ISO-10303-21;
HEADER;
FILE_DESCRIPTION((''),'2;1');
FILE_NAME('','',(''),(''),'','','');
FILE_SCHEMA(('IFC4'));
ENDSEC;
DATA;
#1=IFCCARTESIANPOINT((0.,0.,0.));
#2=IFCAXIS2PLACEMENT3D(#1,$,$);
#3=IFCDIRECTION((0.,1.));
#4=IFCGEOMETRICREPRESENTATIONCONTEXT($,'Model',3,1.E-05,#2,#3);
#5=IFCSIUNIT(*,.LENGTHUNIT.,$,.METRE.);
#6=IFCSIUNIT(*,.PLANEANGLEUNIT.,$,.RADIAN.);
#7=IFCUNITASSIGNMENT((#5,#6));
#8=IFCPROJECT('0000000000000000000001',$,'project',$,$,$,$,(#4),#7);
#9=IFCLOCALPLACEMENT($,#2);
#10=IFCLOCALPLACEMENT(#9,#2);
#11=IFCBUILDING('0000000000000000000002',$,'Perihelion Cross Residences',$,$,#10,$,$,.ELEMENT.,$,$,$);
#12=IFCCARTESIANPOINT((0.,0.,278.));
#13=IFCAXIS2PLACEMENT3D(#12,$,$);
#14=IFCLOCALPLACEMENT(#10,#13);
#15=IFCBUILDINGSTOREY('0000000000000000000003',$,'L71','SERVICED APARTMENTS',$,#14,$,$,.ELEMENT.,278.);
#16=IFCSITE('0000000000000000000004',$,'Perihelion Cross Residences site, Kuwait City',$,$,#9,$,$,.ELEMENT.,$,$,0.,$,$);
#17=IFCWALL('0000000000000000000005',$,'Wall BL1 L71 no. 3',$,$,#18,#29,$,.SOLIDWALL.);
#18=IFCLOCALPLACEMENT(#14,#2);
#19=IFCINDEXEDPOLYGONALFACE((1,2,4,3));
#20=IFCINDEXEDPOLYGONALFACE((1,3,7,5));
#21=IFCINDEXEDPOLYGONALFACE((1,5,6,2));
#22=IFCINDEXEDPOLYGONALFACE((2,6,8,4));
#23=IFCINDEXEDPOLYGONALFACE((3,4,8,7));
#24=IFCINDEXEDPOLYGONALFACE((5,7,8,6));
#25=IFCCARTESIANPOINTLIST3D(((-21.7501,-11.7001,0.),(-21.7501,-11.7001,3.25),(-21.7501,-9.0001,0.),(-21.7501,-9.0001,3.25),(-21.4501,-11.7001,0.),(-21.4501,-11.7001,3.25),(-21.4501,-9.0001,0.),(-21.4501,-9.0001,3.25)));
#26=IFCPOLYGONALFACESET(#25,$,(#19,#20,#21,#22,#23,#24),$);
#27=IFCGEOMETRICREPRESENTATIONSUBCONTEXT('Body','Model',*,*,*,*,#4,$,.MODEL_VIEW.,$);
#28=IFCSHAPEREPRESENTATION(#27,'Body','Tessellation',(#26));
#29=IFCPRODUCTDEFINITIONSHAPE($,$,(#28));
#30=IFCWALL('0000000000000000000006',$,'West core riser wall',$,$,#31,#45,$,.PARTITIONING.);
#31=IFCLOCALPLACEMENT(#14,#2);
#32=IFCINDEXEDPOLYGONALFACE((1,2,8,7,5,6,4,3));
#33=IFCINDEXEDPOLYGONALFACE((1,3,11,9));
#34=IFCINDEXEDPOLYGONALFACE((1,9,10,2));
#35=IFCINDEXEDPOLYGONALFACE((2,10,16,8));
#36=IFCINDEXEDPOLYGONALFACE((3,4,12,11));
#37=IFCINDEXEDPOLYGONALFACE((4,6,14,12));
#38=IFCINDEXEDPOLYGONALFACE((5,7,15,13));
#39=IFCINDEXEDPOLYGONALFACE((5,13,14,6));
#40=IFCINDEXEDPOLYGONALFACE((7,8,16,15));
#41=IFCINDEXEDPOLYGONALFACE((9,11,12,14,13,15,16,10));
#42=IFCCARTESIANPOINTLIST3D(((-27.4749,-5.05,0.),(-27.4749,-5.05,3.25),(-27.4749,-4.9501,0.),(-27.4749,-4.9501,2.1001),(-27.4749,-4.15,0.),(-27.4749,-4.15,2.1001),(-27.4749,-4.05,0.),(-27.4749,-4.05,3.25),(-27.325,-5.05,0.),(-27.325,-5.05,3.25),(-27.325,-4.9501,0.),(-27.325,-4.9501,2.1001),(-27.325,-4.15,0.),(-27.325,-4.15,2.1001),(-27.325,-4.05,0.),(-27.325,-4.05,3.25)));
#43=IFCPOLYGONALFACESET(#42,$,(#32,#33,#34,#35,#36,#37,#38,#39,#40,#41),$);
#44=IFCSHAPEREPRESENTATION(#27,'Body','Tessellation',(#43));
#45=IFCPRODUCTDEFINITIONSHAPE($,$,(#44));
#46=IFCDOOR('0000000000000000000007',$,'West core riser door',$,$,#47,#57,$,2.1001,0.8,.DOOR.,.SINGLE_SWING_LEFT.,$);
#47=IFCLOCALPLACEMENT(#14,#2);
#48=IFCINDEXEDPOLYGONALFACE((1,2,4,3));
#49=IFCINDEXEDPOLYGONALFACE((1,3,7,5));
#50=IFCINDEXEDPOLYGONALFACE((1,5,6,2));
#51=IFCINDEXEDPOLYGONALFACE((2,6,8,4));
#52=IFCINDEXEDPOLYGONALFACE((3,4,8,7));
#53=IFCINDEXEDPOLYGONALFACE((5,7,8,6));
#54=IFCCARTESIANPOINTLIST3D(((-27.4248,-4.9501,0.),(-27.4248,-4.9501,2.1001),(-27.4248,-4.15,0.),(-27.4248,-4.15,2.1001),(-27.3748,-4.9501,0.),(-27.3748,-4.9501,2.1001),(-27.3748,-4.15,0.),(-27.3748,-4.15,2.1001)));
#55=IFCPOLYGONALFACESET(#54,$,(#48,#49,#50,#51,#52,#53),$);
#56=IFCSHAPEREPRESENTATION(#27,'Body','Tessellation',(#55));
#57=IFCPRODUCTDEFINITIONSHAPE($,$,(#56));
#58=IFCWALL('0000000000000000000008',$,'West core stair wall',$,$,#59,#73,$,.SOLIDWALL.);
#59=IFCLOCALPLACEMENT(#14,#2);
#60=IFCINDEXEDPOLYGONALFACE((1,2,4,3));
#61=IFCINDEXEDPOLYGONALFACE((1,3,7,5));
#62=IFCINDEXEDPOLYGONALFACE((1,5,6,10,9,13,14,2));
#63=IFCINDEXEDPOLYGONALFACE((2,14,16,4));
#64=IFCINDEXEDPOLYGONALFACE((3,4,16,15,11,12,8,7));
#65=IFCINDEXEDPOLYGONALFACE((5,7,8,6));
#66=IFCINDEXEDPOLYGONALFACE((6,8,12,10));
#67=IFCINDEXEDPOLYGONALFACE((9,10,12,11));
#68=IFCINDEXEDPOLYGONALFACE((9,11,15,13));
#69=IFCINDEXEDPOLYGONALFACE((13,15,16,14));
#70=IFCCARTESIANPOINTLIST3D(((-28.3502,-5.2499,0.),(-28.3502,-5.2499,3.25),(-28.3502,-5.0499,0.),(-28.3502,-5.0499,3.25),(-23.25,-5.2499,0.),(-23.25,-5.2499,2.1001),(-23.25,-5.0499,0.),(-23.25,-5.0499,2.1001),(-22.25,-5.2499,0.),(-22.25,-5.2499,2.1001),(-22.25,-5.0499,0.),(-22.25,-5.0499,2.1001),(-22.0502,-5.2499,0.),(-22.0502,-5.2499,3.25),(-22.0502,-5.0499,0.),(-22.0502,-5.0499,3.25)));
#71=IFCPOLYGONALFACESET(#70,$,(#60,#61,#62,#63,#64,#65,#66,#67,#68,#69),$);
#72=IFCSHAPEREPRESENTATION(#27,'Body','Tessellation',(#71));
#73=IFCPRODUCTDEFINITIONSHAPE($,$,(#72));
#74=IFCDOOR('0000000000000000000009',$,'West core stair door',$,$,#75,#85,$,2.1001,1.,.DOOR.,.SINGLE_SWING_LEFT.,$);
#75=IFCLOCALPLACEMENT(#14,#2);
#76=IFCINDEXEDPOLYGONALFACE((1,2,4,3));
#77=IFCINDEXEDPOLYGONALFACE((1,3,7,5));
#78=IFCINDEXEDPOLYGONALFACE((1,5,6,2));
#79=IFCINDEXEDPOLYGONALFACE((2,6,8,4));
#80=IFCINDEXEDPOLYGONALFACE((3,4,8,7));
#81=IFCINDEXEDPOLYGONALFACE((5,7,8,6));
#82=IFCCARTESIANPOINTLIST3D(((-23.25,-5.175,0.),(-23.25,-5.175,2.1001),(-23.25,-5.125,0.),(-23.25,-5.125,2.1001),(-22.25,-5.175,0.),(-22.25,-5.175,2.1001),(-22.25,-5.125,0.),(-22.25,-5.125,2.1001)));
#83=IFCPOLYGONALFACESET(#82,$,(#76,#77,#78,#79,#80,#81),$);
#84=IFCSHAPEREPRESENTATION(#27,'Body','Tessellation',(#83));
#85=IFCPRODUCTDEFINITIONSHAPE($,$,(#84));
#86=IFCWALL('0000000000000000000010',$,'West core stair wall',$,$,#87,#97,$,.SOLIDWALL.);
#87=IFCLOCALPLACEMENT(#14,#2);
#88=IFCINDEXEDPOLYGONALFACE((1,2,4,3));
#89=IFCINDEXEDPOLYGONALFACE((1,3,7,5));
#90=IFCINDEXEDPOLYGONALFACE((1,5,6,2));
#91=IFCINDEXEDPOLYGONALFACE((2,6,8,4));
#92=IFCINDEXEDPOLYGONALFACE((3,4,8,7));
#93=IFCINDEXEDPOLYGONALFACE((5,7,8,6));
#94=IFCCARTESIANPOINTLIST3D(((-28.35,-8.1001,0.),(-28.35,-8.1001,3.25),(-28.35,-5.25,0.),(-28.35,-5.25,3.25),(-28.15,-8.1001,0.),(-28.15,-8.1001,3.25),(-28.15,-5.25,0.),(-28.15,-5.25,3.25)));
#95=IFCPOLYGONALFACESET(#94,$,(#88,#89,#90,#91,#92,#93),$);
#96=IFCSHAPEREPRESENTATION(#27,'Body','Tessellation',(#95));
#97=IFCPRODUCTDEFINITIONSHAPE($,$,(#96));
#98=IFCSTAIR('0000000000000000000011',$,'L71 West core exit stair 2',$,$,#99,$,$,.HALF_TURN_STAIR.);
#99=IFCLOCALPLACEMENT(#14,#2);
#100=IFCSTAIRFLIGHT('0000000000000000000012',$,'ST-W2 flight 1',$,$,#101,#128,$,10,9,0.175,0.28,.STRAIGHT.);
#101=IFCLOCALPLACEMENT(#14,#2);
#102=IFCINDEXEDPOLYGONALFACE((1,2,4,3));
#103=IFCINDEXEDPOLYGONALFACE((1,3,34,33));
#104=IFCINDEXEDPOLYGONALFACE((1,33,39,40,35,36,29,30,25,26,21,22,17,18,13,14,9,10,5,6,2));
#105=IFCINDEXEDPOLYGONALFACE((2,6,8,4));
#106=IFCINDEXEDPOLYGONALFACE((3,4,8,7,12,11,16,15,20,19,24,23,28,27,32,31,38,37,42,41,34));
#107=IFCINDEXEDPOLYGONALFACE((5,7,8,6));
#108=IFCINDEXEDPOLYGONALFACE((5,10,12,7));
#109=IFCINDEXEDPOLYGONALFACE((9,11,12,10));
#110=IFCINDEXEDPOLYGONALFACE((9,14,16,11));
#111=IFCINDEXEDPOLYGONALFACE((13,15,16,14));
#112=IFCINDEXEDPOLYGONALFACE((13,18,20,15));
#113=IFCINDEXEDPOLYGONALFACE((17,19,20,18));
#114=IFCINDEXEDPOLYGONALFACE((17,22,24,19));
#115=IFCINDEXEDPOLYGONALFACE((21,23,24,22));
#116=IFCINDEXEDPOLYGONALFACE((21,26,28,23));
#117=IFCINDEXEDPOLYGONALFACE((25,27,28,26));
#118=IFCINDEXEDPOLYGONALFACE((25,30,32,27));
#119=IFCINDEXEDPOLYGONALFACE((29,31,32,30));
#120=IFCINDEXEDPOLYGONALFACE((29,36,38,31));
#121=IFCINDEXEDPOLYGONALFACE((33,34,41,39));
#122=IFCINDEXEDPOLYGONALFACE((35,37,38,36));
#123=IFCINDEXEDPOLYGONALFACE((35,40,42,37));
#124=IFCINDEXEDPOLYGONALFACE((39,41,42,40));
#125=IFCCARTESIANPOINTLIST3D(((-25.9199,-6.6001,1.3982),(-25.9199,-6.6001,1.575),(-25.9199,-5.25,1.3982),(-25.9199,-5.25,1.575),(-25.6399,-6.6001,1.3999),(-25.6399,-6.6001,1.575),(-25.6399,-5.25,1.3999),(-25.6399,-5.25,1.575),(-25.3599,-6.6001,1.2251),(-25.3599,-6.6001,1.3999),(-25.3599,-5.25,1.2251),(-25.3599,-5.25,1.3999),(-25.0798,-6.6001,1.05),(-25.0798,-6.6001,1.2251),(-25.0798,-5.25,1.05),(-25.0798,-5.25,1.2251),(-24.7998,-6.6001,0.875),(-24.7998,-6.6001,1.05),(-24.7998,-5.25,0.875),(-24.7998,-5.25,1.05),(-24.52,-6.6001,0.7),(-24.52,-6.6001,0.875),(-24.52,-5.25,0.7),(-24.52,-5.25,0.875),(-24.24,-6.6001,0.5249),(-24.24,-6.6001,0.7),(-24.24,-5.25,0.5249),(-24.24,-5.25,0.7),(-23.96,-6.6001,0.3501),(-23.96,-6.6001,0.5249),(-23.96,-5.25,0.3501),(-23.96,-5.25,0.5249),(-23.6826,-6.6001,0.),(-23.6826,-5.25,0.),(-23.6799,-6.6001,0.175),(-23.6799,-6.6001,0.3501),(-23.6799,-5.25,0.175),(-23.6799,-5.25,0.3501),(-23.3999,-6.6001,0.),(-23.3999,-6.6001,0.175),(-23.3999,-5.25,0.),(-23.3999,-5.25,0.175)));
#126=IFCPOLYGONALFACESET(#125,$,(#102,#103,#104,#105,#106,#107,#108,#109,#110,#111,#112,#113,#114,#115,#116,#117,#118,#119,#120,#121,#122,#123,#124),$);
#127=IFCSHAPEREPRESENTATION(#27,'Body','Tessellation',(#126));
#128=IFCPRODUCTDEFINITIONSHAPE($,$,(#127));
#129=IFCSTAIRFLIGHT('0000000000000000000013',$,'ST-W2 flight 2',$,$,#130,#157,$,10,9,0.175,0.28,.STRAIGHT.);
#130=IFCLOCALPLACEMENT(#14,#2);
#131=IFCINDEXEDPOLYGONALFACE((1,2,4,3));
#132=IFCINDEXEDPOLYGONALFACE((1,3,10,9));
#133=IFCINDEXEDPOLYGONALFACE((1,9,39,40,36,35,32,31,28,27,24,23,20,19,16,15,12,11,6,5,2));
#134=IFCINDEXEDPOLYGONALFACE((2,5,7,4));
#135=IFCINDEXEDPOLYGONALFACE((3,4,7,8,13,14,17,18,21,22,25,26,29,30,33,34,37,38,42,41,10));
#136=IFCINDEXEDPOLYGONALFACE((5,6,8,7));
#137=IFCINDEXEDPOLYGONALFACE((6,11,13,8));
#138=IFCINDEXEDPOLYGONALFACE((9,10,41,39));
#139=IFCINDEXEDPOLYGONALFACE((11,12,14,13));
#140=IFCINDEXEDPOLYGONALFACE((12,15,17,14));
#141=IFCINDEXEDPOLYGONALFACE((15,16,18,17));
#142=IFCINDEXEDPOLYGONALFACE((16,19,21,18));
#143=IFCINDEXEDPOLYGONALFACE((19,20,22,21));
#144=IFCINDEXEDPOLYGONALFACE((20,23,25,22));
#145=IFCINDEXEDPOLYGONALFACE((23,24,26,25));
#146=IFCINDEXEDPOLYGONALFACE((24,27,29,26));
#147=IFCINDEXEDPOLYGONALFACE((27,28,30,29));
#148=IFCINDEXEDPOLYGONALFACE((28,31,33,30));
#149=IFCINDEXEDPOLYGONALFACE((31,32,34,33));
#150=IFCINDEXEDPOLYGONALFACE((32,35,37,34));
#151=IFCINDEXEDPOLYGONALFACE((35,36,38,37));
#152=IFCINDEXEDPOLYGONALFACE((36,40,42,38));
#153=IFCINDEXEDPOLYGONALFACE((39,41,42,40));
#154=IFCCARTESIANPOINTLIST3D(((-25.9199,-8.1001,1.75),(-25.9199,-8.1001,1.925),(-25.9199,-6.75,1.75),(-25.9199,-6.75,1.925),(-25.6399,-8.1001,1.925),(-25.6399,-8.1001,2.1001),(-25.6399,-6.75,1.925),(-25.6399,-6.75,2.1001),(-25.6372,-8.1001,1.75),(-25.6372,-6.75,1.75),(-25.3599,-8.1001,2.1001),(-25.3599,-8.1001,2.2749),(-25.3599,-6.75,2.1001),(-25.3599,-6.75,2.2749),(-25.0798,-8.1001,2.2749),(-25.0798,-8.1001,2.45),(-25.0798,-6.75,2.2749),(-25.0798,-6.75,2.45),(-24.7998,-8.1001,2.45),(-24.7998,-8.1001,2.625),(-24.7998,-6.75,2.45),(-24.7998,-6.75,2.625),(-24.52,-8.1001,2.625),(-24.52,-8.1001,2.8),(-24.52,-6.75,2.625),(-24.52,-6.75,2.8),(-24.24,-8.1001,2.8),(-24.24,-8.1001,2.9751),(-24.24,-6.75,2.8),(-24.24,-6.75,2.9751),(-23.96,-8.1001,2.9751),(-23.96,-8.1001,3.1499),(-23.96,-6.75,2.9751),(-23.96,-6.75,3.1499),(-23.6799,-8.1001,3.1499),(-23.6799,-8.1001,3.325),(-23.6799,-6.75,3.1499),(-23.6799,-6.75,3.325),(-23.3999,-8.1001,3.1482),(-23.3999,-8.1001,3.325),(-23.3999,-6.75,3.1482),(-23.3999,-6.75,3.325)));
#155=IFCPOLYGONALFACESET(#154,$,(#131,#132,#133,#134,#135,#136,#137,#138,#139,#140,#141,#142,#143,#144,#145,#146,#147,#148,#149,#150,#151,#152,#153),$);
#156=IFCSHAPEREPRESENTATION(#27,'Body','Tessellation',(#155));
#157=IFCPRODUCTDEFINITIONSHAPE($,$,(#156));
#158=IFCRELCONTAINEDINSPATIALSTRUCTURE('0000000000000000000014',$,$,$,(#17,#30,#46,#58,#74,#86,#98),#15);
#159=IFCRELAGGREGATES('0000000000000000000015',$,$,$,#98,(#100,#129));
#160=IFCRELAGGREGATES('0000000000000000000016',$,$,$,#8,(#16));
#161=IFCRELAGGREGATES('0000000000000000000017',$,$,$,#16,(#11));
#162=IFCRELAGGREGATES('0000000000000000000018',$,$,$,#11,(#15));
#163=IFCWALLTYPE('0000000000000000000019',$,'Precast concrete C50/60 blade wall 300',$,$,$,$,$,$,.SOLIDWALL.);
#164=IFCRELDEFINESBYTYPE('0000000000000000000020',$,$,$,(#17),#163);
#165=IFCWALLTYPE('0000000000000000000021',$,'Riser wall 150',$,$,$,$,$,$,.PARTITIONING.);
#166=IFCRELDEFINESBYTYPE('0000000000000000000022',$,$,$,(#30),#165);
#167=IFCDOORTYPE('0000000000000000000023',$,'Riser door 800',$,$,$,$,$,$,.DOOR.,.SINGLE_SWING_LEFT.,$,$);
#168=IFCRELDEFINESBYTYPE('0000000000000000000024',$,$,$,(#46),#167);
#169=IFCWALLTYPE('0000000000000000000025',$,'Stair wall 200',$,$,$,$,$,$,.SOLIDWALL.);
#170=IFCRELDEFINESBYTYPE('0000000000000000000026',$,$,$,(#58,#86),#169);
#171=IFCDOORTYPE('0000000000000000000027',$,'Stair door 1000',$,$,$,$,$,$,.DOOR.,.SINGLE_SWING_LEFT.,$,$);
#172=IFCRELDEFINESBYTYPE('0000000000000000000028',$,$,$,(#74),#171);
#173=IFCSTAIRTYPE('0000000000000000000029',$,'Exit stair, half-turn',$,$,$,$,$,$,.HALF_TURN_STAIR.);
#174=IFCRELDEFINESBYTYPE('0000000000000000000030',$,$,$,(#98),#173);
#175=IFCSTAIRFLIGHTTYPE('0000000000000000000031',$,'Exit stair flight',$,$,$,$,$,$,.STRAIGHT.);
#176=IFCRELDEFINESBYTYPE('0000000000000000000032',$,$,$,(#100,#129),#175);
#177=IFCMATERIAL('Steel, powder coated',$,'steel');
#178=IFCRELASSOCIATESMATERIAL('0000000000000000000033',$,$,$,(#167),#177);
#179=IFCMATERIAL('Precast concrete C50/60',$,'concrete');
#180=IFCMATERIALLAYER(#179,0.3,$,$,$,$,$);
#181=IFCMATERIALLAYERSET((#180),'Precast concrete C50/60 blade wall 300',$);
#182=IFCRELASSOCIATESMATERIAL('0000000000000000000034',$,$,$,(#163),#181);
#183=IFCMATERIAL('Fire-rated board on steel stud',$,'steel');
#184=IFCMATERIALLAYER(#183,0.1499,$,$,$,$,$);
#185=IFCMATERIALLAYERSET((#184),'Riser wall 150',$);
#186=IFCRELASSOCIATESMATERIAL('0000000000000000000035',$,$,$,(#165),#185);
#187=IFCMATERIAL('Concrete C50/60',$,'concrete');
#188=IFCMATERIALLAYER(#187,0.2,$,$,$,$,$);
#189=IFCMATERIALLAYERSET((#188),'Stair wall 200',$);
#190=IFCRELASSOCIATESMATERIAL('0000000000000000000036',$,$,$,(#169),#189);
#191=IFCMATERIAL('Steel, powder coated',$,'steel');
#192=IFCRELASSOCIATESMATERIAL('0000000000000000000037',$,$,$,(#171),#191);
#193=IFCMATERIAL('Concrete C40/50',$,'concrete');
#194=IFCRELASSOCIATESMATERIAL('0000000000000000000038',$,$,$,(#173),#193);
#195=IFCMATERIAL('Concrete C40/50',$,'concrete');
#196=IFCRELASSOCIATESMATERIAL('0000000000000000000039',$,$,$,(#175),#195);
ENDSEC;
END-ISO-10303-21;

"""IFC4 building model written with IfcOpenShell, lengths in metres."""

from ifc_helpers import new_model, si_unit, direction, frame, frame_2d, origin, place, context, subcontext, project, spatial, polyline, rectangle, outline, extrude, material, layer, layer_set, type_object, element, fill, aggregate, save


model = new_model("IFC4")

# Units and contexts
model_context = context("Model", 3, precision=1e-05, world=origin(), true_north=direction((0.0, 1.0)))
body_context = subcontext(model_context, "Body", "Model", "MODEL_VIEW")
ifc_project = project(units=[si_unit("LENGTHUNIT", "METRE"), si_unit("PLANEANGLEUNIT", "RADIAN")], contexts=[model_context])

# Site, building, storey
site_placement = place(None, origin())
site = spatial("IfcSite", under=ifc_project, at=site_placement, Name="Perihelion Cross Residences site, Kuwait City", CompositionType="ELEMENT", RefElevation=0.0)
building_placement = place(site_placement, origin())
building = spatial("IfcBuilding", under=site, at=building_placement, Name="Perihelion Cross Residences", CompositionType="ELEMENT")
storey_placement = place(building_placement, frame((0.0, 0.0, 278.0)))
storey = spatial("IfcBuildingStorey", under=building, at=storey_placement, Name="L71", Description="SERVICED APARTMENTS", CompositionType="ELEMENT", Elevation=278.0)

# Shared definitions
ifc_material_1 = material(Name="Steel, powder coated", Category="steel")
door_type_1 = type_object("IfcDoorType", Name="Riser door 800", OperationType="SINGLE_SWING_LEFT", PredefinedType="DOOR", material=ifc_material_1)

# Wall
ifc_material_2 = material(Name="Precast concrete C50/60", Category="concrete")
ifc_layer_1 = layer(ifc_material_2, 0.3)
ifc_layer_set_1 = layer_set([ifc_layer_1], Name="Precast concrete C50/60 blade wall 300")
wall_type_1 = type_object("IfcWallType", Name="Precast concrete C50/60 blade wall 300", PredefinedType="SOLIDWALL", material=ifc_layer_set_1)
wall_1_placement = place(storey_placement, frame((-21.6001, -9.0, 0.0), z_axis=(0.0, 0.0, 1.0), x_axis=(0.0, -1.0, 0.0)))
element("IfcWall", 1, at=wall_1_placement, inside=storey, type_object=wall_type_1, Name="Wall BL1 L71 no. 3", PredefinedType="SOLIDWALL", context=body_context, shape_type="SweptSolid", body=[
    extrude(rectangle(XDim=2.7, YDim=0.3, at=frame_2d((1.3501, 0.0))), origin(), (0.0, 0.0, 1.0), 3.25),
])

# Walls, openings, doors
ifc_material_3 = material(Name="Fire-rated board on steel stud", Category="steel")
ifc_layer_2 = layer(ifc_material_3, 0.1499)
ifc_layer_set_2 = layer_set([ifc_layer_2], Name="Riser wall 150")
wall_type_2 = type_object("IfcWallType", Name="Riser wall 150", PredefinedType="PARTITIONING", material=ifc_layer_set_2)
wall_2_placement = place(storey_placement, frame((-27.3999, -5.05, 0.0), z_axis=(0.0, 0.0, 1.0), x_axis=(0.0, 1.0, 0.0)))
wall_2 = element("IfcWall", 2, at=wall_2_placement, inside=storey, type_object=wall_type_2, Name="West core riser wall", PredefinedType="PARTITIONING", context=body_context, shape_type="SweptSolid", body=[
    extrude(rectangle(XDim=1.0, YDim=0.1499, at=frame_2d((0.5, 0.0))), origin(), (0.0, 0.0, 1.0), 3.25),
])
opening_1_placement = place(wall_2_placement, frame((0.1001, 0.0, 0.0)))
opening_1 = element("IfcOpeningElement", 3, at=opening_1_placement, cuts=wall_2, PredefinedType="OPENING", context=body_context, shape_type="SweptSolid", body=[
    extrude(rectangle(XDim=0.8, YDim=2.1001, at=frame_2d((0.3999, 1.05))), frame((0.0, 0.085, 0.0), z_axis=(0.0, -1.0, 0.0), x_axis=(1.0, 0.0, 0.0)), (0.0, 0.0, 1.0), 0.1699),
])
door_1_placement = place(opening_1_placement, origin())
door_1 = element("IfcDoor", 4, at=door_1_placement, inside=storey, type_object=door_type_1, Name="West core riser door", OperationType="SINGLE_SWING_LEFT", OverallHeight=2.1001, OverallWidth=0.8, PredefinedType="DOOR", context=body_context, shape_type="SweptSolid", body=[
    extrude(rectangle(XDim=0.8, YDim=2.1001, at=frame_2d((0.3999, 1.05))), frame((0.0, 0.0249, 0.0), z_axis=(0.0, -1.0, 0.0), x_axis=(1.0, 0.0, 0.0)), (0.0, 0.0, 1.0), 0.05),
])
fill(opening_1, door_1)
ifc_material_4 = material(Name="Concrete C50/60", Category="concrete")
ifc_layer_3 = layer(ifc_material_4, 0.2)
ifc_layer_set_3 = layer_set([ifc_layer_3], Name="Stair wall 200")
wall_type_3 = type_object("IfcWallType", Name="Stair wall 200", PredefinedType="SOLIDWALL", material=ifc_layer_set_3)
wall_3_placement = place(storey_placement, frame((-28.3501, -5.1499, 0.0), z_axis=(0.0, 0.0, 1.0), x_axis=(1.0, 0.0, 0.0)))
wall_3 = element("IfcWall", 5, at=wall_3_placement, inside=storey, type_object=wall_type_3, Name="West core stair wall", PredefinedType="SOLIDWALL", context=body_context, shape_type="SweptSolid", body=[
    extrude(rectangle(XDim=6.3, YDim=0.2, at=frame_2d((3.1499, 0.0))), origin(), (0.0, 0.0, 1.0), 3.25),
])
opening_2_placement = place(wall_3_placement, frame((5.1001, 0.0, 0.0)))
opening_2 = element("IfcOpeningElement", 6, at=opening_2_placement, cuts=wall_3, PredefinedType="OPENING", context=body_context, shape_type="SweptSolid", body=[
    extrude(rectangle(XDim=1.0, YDim=2.1001, at=frame_2d((0.5, 1.05))), frame((0.0, 0.1099, 0.0), z_axis=(0.0, -1.0, 0.0), x_axis=(1.0, 0.0, 0.0)), (0.0, 0.0, 1.0), 0.22),
])
ifc_material_5 = material(Name="Steel, powder coated", Category="steel")
door_type_2 = type_object("IfcDoorType", Name="Stair door 1000", OperationType="SINGLE_SWING_LEFT", PredefinedType="DOOR", material=ifc_material_5)
door_2_placement = place(opening_2_placement, origin())
door_2 = element("IfcDoor", 7, at=door_2_placement, inside=storey, type_object=door_type_2, Name="West core stair door", OperationType="SINGLE_SWING_LEFT", OverallHeight=2.1001, OverallWidth=1.0, PredefinedType="DOOR", context=body_context, shape_type="SweptSolid", body=[
    extrude(rectangle(XDim=1.0, YDim=2.1001, at=frame_2d((0.5, 1.05))), frame((0.0, 0.0249, 0.0), z_axis=(0.0, -1.0, 0.0), x_axis=(1.0, 0.0, 0.0)), (0.0, 0.0, 1.0), 0.05),
])
fill(opening_2, door_2)

# Wall
wall_4_placement = place(storey_placement, frame((-28.25, -8.1001, 0.0), z_axis=(0.0, 0.0, 1.0), x_axis=(0.0, 1.0, 0.0)))
element("IfcWall", 8, at=wall_4_placement, inside=storey, type_object=wall_type_3, Name="West core stair wall", PredefinedType="SOLIDWALL", context=body_context, shape_type="SweptSolid", body=[
    extrude(rectangle(XDim=2.8501, YDim=0.2, at=frame_2d((1.425, 0.0))), origin(), (0.0, 0.0, 1.0), 3.25),
])

# Stair, stair flights
ifc_material_6 = material(Name="Concrete C40/50", Category="concrete")
stair_type = type_object("IfcStairType", Name="Exit stair, half-turn", PredefinedType="HALF_TURN_STAIR", material=ifc_material_6)
stair_placement = place(storey_placement, origin())
stair = element("IfcStair", 9, at=stair_placement, inside=storey, type_object=stair_type, Name="L71 West core exit stair 2", PredefinedType="HALF_TURN_STAIR")
ifc_material_7 = material(Name="Concrete C40/50", Category="concrete")
stair_flight_type = type_object("IfcStairFlightType", Name="Exit stair flight", PredefinedType="STRAIGHT", material=ifc_material_7)
stair_flight_1_placement = place(storey_placement, frame((-23.3999, -5.925, 0.0), z_axis=(0.0, 0.0, 1.0), x_axis=(-1.0, 0.0, 0.0)))
stair_flight_1 = element("IfcStairFlight", 10, at=stair_flight_1_placement, type_object=stair_flight_type, Name="ST-W2 flight 1", NumberOfRisers=10, NumberOfTreads=9, PredefinedType="STRAIGHT", RiserHeight=0.175, TreadLength=0.28, context=body_context, shape_type="SweptSolid", body=[
    extrude(outline(polyline([(0.0, 0.0), (0.0, 0.175), (0.28, 0.175), (0.28, 0.3501), (0.5601, 0.3501), (0.5601, 0.5249), (0.8401, 0.5249), (0.8401, 0.7), (1.1201, 0.7), (1.1201, 0.875), (1.3999, 0.875), (1.3999, 1.05), (1.6799, 1.05), (1.6799, 1.2251), (1.96, 1.2251), (1.96, 1.3999), (2.24, 1.3999), (2.24, 1.575), (2.52, 1.575), (2.52, 1.75), (2.52, 1.3982), (0.2827, 0.0), (0.0, 0.0)])), frame((0.0, 0.675, 0.0), z_axis=(0.0, -1.0, 0.0), x_axis=(1.0, 0.0, 0.0)), (0.0, 0.0, 1.0), 1.3501),
])
stair_flight_2_placement = place(storey_placement, frame((-25.9199, -7.425, 1.75), z_axis=(0.0, 0.0, 1.0), x_axis=(1.0, 0.0, 0.0)))
stair_flight_2 = element("IfcStairFlight", 11, at=stair_flight_2_placement, type_object=stair_flight_type, Name="ST-W2 flight 2", NumberOfRisers=10, NumberOfTreads=9, PredefinedType="STRAIGHT", RiserHeight=0.175, TreadLength=0.28, context=body_context, shape_type="SweptSolid", body=[
    extrude(outline(polyline([(0.0, 0.0), (0.0, 0.175), (0.28, 0.175), (0.28, 0.3501), (0.5601, 0.3501), (0.5601, 0.5249), (0.8401, 0.5249), (0.8401, 0.7), (1.1201, 0.7), (1.1201, 0.875), (1.3999, 0.875), (1.3999, 1.05), (1.6799, 1.05), (1.6799, 1.2251), (1.96, 1.2251), (1.96, 1.3999), (2.24, 1.3999), (2.24, 1.575), (2.52, 1.575), (2.52, 1.75), (2.52, 1.3982), (0.2827, 0.0), (0.0, 0.0)])), frame((0.0, 0.675, 0.0), z_axis=(0.0, -1.0, 0.0), x_axis=(1.0, 0.0, 0.0)), (0.0, 0.0, 1.0), 1.3501),
])
aggregate(stair, [stair_flight_1, stair_flight_2])

save(model, "model.ifc")
